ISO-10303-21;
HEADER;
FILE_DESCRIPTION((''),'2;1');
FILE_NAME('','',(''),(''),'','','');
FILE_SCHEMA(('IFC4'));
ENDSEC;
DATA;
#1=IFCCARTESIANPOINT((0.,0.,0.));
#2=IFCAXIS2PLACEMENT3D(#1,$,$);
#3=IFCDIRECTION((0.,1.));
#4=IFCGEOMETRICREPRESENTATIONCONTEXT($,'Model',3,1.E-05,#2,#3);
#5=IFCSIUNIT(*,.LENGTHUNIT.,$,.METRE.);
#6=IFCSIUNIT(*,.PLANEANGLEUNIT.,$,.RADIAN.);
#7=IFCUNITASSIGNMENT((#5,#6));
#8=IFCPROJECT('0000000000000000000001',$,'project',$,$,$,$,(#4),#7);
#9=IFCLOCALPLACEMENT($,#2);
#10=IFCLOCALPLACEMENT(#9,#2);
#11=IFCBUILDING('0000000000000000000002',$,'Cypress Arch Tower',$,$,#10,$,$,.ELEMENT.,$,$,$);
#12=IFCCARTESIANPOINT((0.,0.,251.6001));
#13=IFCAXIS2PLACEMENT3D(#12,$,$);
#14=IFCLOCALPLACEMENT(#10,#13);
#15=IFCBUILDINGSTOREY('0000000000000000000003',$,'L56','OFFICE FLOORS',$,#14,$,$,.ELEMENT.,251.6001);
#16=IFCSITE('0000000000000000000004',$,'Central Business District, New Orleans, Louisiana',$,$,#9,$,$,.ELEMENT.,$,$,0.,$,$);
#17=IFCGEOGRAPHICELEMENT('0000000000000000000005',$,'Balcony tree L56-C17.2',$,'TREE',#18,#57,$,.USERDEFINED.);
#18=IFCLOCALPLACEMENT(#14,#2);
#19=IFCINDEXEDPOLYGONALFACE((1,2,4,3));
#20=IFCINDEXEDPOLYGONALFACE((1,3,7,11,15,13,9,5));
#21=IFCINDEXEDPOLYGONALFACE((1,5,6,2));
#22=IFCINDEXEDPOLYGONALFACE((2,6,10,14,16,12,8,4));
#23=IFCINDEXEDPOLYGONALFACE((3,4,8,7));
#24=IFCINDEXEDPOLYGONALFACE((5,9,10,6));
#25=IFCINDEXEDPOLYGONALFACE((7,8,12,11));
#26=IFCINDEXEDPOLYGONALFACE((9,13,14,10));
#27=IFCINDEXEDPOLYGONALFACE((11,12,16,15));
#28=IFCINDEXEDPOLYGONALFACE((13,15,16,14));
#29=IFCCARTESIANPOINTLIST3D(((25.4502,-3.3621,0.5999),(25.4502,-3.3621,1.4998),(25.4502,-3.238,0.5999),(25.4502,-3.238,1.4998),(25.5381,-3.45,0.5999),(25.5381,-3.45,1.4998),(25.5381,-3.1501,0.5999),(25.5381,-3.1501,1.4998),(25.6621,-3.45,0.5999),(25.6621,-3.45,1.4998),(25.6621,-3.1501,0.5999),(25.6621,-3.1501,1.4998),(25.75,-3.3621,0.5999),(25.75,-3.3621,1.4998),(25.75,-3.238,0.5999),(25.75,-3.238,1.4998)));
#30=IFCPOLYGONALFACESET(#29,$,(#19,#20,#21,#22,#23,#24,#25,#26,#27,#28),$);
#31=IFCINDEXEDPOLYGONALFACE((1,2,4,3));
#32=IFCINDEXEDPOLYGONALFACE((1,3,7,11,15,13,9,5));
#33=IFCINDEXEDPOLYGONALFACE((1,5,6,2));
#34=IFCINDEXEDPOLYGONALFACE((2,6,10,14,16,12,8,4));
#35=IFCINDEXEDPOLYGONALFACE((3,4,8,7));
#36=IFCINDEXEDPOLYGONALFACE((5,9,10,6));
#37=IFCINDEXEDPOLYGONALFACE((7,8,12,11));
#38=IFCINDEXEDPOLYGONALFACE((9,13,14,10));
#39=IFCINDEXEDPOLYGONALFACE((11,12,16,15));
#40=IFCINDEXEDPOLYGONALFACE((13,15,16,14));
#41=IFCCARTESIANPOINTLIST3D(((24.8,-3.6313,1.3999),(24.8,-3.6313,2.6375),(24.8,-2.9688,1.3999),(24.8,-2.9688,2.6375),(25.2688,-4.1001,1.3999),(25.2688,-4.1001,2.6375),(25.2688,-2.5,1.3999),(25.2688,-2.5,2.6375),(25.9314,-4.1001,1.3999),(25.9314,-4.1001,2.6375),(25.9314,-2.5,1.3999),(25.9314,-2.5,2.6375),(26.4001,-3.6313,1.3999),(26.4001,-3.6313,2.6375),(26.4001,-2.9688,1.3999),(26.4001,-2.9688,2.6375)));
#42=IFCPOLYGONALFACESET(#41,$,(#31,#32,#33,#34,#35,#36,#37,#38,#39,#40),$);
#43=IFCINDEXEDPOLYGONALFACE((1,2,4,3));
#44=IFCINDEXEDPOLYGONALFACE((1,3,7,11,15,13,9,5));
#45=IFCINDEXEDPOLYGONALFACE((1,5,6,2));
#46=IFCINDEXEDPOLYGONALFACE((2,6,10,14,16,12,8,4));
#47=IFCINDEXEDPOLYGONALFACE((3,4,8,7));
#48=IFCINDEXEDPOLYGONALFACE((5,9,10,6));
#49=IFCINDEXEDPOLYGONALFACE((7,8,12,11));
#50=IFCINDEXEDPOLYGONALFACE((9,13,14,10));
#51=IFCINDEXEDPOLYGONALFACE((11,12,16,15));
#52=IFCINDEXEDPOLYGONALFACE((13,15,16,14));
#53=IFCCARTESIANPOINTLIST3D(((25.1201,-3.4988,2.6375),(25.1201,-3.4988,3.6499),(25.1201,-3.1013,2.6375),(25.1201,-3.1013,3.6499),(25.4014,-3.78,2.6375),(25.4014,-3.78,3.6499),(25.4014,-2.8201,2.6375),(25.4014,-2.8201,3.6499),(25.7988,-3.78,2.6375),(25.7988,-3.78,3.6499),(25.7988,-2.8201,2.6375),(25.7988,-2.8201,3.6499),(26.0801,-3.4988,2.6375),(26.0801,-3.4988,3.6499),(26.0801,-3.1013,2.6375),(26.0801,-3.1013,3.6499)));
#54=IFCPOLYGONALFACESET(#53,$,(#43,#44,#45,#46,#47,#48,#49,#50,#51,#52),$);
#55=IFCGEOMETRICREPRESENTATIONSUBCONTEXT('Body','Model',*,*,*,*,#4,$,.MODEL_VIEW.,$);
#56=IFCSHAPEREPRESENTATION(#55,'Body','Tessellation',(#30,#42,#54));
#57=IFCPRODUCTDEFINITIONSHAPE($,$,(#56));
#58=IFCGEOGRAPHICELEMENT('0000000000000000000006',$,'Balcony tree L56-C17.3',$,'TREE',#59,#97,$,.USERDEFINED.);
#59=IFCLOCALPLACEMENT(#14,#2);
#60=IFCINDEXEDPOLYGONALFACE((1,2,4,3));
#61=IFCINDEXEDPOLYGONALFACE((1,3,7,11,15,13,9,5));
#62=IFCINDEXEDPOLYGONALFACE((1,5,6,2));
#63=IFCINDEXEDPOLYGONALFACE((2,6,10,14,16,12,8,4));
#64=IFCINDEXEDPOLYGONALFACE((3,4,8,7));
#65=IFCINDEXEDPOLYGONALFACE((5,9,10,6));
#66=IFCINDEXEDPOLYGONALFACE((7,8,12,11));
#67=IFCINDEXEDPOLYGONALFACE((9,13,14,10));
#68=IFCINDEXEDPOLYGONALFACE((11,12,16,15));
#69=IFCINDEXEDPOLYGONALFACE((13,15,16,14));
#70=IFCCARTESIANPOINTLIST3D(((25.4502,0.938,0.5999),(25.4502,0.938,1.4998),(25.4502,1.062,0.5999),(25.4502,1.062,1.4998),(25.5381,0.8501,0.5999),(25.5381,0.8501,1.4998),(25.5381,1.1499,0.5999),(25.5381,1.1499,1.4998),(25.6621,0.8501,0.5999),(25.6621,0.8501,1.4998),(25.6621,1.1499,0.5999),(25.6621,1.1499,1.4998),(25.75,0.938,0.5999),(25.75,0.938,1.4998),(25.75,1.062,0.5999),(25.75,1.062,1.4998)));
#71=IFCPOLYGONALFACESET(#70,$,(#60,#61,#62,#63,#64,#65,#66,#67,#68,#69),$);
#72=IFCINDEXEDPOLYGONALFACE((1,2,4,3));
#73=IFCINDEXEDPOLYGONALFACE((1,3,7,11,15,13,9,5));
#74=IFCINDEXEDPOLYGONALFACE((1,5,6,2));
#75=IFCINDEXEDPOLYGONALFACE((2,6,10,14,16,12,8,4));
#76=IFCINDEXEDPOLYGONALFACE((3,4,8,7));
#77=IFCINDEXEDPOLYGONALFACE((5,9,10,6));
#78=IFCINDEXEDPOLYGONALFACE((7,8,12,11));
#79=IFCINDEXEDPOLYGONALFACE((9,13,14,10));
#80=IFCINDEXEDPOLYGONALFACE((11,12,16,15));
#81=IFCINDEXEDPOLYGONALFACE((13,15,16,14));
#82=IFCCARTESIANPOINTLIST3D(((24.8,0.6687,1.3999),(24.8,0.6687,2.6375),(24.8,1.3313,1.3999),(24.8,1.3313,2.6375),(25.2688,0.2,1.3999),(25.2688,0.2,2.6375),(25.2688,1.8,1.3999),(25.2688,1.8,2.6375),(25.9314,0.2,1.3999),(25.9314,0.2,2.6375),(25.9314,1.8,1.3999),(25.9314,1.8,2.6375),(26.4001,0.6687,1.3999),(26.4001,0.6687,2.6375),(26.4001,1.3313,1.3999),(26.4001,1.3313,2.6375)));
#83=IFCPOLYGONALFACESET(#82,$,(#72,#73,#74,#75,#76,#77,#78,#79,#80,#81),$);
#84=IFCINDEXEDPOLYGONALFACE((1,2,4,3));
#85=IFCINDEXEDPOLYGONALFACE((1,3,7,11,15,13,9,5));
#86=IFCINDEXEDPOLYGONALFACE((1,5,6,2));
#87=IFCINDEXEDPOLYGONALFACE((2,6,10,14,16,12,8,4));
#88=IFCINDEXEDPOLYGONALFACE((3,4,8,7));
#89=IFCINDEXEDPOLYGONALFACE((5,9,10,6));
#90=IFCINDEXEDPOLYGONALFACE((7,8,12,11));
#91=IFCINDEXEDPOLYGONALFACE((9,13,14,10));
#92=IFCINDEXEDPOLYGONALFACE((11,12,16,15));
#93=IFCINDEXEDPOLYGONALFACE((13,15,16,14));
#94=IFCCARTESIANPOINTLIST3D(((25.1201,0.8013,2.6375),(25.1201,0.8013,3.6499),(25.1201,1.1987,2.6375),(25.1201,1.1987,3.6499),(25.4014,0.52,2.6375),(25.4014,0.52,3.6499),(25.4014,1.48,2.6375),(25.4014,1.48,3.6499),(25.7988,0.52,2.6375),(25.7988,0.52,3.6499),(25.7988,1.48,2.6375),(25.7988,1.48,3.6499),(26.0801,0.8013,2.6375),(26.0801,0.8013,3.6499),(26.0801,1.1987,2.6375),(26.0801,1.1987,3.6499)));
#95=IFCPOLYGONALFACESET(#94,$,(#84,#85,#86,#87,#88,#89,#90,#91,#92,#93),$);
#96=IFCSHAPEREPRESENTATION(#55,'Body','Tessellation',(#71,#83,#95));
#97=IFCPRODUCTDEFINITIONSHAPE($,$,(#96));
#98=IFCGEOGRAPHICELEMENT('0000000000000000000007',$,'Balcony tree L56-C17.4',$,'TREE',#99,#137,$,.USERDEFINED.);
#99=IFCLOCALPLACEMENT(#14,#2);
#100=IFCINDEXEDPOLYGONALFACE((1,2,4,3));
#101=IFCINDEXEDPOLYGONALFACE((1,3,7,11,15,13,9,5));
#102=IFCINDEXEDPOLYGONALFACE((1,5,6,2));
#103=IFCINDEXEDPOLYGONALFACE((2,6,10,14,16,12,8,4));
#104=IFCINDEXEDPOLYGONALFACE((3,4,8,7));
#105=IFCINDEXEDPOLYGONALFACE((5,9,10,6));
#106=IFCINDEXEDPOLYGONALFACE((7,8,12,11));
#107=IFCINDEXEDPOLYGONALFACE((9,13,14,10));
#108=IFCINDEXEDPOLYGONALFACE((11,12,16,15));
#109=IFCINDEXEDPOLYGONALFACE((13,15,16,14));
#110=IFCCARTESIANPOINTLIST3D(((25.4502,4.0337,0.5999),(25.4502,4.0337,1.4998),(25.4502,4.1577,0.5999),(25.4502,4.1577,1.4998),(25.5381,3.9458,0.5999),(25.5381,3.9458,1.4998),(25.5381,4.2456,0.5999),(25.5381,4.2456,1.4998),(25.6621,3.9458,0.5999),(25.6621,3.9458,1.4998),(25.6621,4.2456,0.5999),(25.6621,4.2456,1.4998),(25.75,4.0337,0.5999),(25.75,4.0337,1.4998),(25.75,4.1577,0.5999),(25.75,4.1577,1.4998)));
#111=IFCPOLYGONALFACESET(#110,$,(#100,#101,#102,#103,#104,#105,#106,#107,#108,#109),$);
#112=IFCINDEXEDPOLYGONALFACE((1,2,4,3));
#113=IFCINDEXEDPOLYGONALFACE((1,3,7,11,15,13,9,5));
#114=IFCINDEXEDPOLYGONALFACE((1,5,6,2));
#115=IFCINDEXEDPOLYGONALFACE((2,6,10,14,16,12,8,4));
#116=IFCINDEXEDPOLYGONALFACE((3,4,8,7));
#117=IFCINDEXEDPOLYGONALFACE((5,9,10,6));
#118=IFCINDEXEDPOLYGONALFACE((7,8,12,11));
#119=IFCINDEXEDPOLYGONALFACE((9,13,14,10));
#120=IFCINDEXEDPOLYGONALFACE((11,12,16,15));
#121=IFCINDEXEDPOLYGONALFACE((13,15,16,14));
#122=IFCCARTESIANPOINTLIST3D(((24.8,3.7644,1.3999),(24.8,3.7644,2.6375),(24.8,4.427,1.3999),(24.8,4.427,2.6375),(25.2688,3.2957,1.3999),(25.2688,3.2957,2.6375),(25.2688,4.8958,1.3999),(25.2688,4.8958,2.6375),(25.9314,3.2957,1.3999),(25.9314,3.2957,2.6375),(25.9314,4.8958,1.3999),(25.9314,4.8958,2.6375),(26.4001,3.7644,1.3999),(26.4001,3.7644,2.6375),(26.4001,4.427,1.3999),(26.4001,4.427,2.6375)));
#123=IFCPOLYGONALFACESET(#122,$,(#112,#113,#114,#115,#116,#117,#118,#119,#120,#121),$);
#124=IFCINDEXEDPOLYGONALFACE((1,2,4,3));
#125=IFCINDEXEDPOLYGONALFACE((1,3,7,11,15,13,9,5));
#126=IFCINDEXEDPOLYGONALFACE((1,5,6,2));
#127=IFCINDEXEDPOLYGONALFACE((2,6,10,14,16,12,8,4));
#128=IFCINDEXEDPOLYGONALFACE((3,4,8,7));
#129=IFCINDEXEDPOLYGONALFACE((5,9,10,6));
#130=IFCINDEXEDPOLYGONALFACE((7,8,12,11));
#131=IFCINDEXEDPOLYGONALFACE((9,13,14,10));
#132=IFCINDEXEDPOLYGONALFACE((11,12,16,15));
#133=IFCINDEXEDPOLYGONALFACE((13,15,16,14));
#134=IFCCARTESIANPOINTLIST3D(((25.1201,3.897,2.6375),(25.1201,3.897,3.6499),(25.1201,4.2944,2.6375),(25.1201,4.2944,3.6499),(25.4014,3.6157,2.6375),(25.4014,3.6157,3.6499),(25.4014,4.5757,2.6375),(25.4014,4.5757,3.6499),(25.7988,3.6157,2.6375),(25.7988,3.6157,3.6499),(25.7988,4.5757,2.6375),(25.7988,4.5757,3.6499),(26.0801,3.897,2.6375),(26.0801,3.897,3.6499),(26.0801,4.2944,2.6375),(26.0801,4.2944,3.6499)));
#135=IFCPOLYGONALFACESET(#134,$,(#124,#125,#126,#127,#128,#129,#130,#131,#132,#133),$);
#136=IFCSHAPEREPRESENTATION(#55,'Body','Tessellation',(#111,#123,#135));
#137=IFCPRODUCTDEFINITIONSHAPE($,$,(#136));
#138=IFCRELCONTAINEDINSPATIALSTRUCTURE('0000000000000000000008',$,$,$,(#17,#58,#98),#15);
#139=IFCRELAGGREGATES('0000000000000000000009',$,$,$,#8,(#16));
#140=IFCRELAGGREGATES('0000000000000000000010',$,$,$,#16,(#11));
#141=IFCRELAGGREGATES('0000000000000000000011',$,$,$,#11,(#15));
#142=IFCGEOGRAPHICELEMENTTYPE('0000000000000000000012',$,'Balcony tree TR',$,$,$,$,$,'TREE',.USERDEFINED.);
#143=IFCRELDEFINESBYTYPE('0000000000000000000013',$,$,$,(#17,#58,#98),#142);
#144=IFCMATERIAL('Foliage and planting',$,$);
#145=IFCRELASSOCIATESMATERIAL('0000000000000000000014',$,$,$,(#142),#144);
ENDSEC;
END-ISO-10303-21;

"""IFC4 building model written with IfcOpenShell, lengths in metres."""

from ifc_helpers import new_model, si_unit, direction, frame, origin, place, context, subcontext, project, spatial, polyline, outline, extrude, material, type_object, element, save


model = new_model("IFC4")

# Units and contexts
model_context = context("Model", 3, precision=1e-05, world=origin(), true_north=direction((0.0, 1.0)))
body_context = subcontext(model_context, "Body", "Model", "MODEL_VIEW")
ifc_project = project(units=[si_unit("LENGTHUNIT", "METRE"), si_unit("PLANEANGLEUNIT", "RADIAN")], contexts=[model_context])

# Site, building, storey
site_placement = place(None, origin())
site = spatial("IfcSite", under=ifc_project, at=site_placement, Name="Central Business District, New Orleans, Louisiana", CompositionType="ELEMENT", RefElevation=0.0)
building_placement = place(site_placement, origin())
building = spatial("IfcBuilding", under=site, at=building_placement, Name="Cypress Arch Tower", CompositionType="ELEMENT")
storey_placement = place(building_placement, frame((0.0, 0.0, 251.6001)))
storey = spatial("IfcBuildingStorey", under=building, at=storey_placement, Name="L56", Description="OFFICE FLOORS", CompositionType="ELEMENT", Elevation=251.6001)

# Geographic elements
ifc_material_1 = material(Name="Foliage and planting")
geographic_element_type = type_object("IfcGeographicElementType", Name="Balcony tree TR", ElementType="TREE", PredefinedType="USERDEFINED", material=ifc_material_1)
for number, where, z_axis, x_axis, name in (
    (1, (25.6001, -3.3, 0.5999), (0.0, 0.0, 1.0), (1.0, 0.0, 0.0), "Balcony tree L56-C17.2"),
    (2, (25.6001, 1.0, 0.5999), (0.0, 0.0, 1.0), (1.0, 0.0, 0.0), "Balcony tree L56-C17.3"),
    (3, (25.6001, 4.0957, 0.5999), (0.0, 0.0, 1.0), (1.0, 0.0, 0.0), "Balcony tree L56-C17.4"),
):
    element("IfcGeographicElement", number, at=place(storey_placement, frame(where, z_axis=z_axis, x_axis=x_axis)), inside=storey, type_object=geographic_element_type, Name=name, ObjectType="TREE", PredefinedType="USERDEFINED", context=body_context, shape_type="SweptSolid", body=[
        extrude(outline(polyline([(0.1499, 0.062), (0.062, 0.1499), (-0.062, 0.1499), (-0.1499, 0.062), (-0.1499, -0.062), (-0.062, -0.1499), (0.062, -0.1499), (0.1499, -0.062), (0.1499, 0.062)])), origin(), (0.0, 0.0, 1.0), 0.8999),
        extrude(outline(polyline([(0.8, 0.3313), (0.3313, 0.8), (-0.3313, 0.8), (-0.8, 0.3313), (-0.8, -0.3313), (-0.3313, -0.8), (0.3313, -0.8), (0.8, -0.3313), (0.8, 0.3313)])), frame((0.0, 0.0, 0.8)), (0.0, 0.0, 1.0), 1.2375),
        extrude(outline(polyline([(0.48, 0.1987), (0.1987, 0.48), (-0.1987, 0.48), (-0.48, 0.1987), (-0.48, -0.1987), (-0.1987, -0.48), (0.1987, -0.48), (0.48, -0.1987), (0.48, 0.1987)])), frame((0.0, 0.0, 2.0376)), (0.0, 0.0, 1.0), 1.0125),
    ])

save(model, "model.ifc")
